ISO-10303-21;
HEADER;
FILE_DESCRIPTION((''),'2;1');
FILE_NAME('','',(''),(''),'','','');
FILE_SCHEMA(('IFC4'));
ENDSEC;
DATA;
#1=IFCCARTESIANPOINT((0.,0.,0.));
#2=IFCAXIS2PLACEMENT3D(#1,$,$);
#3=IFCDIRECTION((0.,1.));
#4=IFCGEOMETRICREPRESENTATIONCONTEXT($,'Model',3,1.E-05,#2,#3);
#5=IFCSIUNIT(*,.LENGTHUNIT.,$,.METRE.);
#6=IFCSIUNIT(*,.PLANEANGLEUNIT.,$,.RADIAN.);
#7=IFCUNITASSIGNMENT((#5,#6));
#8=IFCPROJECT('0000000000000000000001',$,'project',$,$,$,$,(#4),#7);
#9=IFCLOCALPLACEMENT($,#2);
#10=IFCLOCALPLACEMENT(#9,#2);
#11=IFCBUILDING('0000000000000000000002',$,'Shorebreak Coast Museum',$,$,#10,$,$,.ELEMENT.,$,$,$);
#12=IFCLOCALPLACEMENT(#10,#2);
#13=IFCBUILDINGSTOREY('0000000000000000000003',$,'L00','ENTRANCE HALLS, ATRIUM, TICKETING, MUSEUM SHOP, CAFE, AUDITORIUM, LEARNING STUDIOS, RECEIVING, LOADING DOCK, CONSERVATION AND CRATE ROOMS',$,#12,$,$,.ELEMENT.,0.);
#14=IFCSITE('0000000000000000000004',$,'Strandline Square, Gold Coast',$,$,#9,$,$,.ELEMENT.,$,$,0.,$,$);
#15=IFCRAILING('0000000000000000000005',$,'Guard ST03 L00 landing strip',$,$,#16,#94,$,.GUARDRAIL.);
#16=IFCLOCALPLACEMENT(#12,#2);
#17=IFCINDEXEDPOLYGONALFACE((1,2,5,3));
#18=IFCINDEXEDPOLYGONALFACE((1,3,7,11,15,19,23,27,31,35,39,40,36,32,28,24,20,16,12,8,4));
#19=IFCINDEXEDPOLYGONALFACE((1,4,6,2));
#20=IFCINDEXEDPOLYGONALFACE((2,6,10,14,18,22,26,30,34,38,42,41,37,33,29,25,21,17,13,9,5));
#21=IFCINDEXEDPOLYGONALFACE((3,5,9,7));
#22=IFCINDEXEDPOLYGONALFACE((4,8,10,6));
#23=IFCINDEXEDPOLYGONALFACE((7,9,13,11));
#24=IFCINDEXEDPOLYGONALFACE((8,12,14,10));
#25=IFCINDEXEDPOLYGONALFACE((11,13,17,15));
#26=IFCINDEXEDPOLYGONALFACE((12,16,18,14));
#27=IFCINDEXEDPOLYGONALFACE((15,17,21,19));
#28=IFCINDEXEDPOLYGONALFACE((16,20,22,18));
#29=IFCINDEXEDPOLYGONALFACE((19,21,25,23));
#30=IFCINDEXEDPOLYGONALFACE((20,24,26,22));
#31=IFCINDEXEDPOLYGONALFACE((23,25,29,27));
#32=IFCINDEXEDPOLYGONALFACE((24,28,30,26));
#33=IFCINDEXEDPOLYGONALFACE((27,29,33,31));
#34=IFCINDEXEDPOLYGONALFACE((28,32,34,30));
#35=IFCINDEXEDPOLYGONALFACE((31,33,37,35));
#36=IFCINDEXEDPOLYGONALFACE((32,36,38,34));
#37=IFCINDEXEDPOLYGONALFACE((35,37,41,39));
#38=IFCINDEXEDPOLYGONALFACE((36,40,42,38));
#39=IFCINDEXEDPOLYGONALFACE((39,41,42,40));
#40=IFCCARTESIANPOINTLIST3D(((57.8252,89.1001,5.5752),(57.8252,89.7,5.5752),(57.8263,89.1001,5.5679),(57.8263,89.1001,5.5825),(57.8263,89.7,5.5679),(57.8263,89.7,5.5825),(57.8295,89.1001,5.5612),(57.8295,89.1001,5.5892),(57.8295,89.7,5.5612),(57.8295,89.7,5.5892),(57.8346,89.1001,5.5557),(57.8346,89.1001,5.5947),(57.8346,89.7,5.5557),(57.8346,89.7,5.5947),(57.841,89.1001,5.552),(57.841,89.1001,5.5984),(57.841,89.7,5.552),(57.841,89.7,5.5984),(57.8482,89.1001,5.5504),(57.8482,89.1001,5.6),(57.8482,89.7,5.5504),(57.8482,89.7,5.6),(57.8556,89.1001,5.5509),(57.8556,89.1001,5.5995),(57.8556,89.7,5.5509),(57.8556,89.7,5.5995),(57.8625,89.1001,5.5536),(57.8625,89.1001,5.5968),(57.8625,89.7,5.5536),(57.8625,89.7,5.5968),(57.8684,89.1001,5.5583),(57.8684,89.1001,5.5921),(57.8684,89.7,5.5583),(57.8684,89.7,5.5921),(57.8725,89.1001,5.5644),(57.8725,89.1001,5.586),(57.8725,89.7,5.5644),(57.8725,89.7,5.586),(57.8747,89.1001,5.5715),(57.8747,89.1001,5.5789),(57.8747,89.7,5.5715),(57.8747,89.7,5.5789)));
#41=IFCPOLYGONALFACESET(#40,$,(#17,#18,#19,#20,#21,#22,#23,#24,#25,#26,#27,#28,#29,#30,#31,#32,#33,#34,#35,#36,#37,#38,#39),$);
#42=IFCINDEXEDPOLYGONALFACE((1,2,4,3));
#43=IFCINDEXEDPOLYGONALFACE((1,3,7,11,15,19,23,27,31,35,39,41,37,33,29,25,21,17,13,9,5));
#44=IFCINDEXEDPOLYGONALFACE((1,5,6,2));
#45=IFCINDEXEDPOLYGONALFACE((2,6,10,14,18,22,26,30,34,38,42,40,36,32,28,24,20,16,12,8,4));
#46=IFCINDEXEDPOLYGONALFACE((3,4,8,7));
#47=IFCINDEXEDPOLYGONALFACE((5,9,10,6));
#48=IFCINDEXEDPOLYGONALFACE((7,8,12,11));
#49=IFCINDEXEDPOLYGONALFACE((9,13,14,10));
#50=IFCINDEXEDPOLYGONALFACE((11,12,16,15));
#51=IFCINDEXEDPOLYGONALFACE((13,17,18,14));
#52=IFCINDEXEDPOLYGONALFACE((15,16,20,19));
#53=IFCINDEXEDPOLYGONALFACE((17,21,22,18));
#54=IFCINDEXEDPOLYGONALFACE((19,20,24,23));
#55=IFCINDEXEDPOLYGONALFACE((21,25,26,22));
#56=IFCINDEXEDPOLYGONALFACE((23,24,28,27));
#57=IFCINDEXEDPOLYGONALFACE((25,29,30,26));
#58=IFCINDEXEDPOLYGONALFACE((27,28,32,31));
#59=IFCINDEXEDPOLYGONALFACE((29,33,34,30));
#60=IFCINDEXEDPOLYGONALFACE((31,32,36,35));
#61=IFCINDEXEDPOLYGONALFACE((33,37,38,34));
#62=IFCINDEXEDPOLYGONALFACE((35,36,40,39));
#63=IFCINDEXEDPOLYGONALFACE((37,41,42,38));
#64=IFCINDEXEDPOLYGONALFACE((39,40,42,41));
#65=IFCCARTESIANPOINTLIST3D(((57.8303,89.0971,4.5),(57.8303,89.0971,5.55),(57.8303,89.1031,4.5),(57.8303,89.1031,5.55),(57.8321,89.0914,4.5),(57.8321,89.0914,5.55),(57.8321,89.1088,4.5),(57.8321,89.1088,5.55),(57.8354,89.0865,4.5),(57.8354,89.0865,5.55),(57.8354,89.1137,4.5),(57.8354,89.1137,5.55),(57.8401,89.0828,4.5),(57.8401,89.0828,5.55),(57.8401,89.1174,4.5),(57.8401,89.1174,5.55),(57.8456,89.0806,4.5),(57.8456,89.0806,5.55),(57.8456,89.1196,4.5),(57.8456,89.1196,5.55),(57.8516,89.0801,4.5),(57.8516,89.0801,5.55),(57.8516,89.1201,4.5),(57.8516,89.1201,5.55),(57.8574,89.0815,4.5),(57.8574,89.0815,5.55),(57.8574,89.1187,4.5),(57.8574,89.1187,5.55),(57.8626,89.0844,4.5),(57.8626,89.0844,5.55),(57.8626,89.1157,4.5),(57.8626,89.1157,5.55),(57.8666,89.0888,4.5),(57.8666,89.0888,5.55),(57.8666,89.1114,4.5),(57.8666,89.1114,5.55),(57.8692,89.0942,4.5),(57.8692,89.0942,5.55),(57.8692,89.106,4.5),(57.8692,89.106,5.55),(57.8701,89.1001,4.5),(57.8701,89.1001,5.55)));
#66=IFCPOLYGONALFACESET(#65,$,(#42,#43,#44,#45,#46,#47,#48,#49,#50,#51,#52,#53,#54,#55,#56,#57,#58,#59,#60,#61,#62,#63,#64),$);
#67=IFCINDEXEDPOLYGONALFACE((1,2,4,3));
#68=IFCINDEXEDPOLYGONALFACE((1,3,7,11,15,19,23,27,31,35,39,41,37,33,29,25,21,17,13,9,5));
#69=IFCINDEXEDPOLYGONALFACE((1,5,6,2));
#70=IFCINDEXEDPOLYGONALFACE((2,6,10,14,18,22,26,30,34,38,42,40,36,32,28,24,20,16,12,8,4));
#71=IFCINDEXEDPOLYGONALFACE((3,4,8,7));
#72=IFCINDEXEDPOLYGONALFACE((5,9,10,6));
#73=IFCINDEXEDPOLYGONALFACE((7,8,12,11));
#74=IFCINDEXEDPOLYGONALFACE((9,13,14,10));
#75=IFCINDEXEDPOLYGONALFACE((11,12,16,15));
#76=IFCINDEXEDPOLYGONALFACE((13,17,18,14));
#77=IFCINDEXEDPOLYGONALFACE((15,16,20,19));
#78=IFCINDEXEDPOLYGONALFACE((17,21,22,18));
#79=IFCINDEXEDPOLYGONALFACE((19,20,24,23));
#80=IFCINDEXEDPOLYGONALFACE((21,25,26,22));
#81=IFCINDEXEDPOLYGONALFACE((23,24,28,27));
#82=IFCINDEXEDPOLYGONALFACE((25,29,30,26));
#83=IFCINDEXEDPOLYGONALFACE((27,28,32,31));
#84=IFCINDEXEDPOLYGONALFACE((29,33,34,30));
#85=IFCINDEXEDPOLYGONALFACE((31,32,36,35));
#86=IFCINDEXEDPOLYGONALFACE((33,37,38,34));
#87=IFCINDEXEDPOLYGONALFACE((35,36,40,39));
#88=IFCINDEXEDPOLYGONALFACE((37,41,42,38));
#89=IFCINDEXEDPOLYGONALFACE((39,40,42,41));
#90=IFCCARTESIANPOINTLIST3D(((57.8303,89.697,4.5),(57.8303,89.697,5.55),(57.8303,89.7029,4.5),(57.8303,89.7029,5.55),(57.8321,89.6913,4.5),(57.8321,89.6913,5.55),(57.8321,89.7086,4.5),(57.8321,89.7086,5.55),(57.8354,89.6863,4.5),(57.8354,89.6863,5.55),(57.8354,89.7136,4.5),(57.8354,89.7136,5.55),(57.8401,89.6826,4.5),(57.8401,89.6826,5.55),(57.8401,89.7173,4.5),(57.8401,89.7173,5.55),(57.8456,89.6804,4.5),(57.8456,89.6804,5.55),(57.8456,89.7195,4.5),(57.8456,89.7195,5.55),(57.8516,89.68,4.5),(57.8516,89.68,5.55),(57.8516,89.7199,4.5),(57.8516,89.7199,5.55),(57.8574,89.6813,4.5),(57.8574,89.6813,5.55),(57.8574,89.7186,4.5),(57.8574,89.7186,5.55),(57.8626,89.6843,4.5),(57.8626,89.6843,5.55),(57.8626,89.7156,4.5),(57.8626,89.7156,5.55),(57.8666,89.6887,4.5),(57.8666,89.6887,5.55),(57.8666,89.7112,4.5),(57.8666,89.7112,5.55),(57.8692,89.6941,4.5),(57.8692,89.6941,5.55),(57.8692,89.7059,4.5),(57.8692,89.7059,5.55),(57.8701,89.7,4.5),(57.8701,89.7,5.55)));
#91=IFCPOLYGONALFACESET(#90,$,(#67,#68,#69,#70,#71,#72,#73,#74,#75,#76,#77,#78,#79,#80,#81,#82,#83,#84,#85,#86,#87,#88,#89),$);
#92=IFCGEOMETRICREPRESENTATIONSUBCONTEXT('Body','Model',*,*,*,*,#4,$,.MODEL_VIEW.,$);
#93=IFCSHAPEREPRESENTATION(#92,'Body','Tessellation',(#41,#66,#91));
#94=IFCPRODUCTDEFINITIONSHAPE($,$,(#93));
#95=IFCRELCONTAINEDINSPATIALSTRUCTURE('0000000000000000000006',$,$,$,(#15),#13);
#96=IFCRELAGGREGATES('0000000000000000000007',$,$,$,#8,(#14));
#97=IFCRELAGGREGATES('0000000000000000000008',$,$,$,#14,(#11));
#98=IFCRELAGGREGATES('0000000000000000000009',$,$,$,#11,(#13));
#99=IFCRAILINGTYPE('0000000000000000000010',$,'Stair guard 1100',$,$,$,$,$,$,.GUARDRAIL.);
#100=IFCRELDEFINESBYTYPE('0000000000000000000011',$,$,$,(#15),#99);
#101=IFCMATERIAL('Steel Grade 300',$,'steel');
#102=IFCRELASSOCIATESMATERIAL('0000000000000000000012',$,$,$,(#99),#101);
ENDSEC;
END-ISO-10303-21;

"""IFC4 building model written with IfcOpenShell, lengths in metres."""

from ifc_helpers import new_model, si_unit, direction, frame, origin, origin_2d, place, context, subcontext, project, spatial, circle, extrude, material, type_object, element, save


model = new_model("IFC4")

# Units and contexts
model_context = context("Model", 3, precision=1e-05, world=origin(), true_north=direction((0.0, 1.0)))
body_context = subcontext(model_context, "Body", "Model", "MODEL_VIEW")
ifc_project = project(units=[si_unit("LENGTHUNIT", "METRE"), si_unit("PLANEANGLEUNIT", "RADIAN")], contexts=[model_context])

# Site, building, storey
site_placement = place(None, origin())
site = spatial("IfcSite", under=ifc_project, at=site_placement, Name="Strandline Square, Gold Coast", CompositionType="ELEMENT", RefElevation=0.0)
building_placement = place(site_placement, origin())
building = spatial("IfcBuilding", under=site, at=building_placement, Name="Shorebreak Coast Museum", CompositionType="ELEMENT")
storey_placement = place(building_placement, origin())
storey = spatial("IfcBuildingStorey", under=building, at=storey_placement, Name="L00", Description="ENTRANCE HALLS, ATRIUM, TICKETING, MUSEUM SHOP, CAFE, AUDITORIUM, LEARNING STUDIOS, RECEIVING, LOADING DOCK, CONSERVATION AND CRATE ROOMS", CompositionType="ELEMENT", Elevation=0.0)

# Railing
ifc_material_1 = material(Name="Steel Grade 300", Category="steel")
railing_type_1 = type_object("IfcRailingType", Name="Stair guard 1100", PredefinedType="GUARDRAIL", material=ifc_material_1)
for number, where, name in (
    (1, (57.8501, 89.1001, 4.5), "Guard ST03 L00 landing strip"),
):
    element("IfcRailing", number, at=place(storey_placement, frame(where)), inside=storey, type_object=railing_type_1, Name=name, PredefinedType="GUARDRAIL", context=body_context, shape_type="SweptSolid", body=[
        extrude(circle(Radius=0.0249, at=origin_2d()), frame((0.0, 0.0, 1.0752), z_axis=(0.0, 1.0, 0.0), x_axis=(-1.0, 0.0, 0.0)), (0.0, 0.0, 1.0), 0.5999),
        extrude(circle(Radius=0.02, at=origin_2d()), origin(), (0.0, 0.0, 1.0), 1.05),
        extrude(circle(Radius=0.02, at=origin_2d()), frame((0.0, 0.5999, 0.0)), (0.0, 0.0, 1.0), 1.05),
    ])

save(model, "model.ifc")
